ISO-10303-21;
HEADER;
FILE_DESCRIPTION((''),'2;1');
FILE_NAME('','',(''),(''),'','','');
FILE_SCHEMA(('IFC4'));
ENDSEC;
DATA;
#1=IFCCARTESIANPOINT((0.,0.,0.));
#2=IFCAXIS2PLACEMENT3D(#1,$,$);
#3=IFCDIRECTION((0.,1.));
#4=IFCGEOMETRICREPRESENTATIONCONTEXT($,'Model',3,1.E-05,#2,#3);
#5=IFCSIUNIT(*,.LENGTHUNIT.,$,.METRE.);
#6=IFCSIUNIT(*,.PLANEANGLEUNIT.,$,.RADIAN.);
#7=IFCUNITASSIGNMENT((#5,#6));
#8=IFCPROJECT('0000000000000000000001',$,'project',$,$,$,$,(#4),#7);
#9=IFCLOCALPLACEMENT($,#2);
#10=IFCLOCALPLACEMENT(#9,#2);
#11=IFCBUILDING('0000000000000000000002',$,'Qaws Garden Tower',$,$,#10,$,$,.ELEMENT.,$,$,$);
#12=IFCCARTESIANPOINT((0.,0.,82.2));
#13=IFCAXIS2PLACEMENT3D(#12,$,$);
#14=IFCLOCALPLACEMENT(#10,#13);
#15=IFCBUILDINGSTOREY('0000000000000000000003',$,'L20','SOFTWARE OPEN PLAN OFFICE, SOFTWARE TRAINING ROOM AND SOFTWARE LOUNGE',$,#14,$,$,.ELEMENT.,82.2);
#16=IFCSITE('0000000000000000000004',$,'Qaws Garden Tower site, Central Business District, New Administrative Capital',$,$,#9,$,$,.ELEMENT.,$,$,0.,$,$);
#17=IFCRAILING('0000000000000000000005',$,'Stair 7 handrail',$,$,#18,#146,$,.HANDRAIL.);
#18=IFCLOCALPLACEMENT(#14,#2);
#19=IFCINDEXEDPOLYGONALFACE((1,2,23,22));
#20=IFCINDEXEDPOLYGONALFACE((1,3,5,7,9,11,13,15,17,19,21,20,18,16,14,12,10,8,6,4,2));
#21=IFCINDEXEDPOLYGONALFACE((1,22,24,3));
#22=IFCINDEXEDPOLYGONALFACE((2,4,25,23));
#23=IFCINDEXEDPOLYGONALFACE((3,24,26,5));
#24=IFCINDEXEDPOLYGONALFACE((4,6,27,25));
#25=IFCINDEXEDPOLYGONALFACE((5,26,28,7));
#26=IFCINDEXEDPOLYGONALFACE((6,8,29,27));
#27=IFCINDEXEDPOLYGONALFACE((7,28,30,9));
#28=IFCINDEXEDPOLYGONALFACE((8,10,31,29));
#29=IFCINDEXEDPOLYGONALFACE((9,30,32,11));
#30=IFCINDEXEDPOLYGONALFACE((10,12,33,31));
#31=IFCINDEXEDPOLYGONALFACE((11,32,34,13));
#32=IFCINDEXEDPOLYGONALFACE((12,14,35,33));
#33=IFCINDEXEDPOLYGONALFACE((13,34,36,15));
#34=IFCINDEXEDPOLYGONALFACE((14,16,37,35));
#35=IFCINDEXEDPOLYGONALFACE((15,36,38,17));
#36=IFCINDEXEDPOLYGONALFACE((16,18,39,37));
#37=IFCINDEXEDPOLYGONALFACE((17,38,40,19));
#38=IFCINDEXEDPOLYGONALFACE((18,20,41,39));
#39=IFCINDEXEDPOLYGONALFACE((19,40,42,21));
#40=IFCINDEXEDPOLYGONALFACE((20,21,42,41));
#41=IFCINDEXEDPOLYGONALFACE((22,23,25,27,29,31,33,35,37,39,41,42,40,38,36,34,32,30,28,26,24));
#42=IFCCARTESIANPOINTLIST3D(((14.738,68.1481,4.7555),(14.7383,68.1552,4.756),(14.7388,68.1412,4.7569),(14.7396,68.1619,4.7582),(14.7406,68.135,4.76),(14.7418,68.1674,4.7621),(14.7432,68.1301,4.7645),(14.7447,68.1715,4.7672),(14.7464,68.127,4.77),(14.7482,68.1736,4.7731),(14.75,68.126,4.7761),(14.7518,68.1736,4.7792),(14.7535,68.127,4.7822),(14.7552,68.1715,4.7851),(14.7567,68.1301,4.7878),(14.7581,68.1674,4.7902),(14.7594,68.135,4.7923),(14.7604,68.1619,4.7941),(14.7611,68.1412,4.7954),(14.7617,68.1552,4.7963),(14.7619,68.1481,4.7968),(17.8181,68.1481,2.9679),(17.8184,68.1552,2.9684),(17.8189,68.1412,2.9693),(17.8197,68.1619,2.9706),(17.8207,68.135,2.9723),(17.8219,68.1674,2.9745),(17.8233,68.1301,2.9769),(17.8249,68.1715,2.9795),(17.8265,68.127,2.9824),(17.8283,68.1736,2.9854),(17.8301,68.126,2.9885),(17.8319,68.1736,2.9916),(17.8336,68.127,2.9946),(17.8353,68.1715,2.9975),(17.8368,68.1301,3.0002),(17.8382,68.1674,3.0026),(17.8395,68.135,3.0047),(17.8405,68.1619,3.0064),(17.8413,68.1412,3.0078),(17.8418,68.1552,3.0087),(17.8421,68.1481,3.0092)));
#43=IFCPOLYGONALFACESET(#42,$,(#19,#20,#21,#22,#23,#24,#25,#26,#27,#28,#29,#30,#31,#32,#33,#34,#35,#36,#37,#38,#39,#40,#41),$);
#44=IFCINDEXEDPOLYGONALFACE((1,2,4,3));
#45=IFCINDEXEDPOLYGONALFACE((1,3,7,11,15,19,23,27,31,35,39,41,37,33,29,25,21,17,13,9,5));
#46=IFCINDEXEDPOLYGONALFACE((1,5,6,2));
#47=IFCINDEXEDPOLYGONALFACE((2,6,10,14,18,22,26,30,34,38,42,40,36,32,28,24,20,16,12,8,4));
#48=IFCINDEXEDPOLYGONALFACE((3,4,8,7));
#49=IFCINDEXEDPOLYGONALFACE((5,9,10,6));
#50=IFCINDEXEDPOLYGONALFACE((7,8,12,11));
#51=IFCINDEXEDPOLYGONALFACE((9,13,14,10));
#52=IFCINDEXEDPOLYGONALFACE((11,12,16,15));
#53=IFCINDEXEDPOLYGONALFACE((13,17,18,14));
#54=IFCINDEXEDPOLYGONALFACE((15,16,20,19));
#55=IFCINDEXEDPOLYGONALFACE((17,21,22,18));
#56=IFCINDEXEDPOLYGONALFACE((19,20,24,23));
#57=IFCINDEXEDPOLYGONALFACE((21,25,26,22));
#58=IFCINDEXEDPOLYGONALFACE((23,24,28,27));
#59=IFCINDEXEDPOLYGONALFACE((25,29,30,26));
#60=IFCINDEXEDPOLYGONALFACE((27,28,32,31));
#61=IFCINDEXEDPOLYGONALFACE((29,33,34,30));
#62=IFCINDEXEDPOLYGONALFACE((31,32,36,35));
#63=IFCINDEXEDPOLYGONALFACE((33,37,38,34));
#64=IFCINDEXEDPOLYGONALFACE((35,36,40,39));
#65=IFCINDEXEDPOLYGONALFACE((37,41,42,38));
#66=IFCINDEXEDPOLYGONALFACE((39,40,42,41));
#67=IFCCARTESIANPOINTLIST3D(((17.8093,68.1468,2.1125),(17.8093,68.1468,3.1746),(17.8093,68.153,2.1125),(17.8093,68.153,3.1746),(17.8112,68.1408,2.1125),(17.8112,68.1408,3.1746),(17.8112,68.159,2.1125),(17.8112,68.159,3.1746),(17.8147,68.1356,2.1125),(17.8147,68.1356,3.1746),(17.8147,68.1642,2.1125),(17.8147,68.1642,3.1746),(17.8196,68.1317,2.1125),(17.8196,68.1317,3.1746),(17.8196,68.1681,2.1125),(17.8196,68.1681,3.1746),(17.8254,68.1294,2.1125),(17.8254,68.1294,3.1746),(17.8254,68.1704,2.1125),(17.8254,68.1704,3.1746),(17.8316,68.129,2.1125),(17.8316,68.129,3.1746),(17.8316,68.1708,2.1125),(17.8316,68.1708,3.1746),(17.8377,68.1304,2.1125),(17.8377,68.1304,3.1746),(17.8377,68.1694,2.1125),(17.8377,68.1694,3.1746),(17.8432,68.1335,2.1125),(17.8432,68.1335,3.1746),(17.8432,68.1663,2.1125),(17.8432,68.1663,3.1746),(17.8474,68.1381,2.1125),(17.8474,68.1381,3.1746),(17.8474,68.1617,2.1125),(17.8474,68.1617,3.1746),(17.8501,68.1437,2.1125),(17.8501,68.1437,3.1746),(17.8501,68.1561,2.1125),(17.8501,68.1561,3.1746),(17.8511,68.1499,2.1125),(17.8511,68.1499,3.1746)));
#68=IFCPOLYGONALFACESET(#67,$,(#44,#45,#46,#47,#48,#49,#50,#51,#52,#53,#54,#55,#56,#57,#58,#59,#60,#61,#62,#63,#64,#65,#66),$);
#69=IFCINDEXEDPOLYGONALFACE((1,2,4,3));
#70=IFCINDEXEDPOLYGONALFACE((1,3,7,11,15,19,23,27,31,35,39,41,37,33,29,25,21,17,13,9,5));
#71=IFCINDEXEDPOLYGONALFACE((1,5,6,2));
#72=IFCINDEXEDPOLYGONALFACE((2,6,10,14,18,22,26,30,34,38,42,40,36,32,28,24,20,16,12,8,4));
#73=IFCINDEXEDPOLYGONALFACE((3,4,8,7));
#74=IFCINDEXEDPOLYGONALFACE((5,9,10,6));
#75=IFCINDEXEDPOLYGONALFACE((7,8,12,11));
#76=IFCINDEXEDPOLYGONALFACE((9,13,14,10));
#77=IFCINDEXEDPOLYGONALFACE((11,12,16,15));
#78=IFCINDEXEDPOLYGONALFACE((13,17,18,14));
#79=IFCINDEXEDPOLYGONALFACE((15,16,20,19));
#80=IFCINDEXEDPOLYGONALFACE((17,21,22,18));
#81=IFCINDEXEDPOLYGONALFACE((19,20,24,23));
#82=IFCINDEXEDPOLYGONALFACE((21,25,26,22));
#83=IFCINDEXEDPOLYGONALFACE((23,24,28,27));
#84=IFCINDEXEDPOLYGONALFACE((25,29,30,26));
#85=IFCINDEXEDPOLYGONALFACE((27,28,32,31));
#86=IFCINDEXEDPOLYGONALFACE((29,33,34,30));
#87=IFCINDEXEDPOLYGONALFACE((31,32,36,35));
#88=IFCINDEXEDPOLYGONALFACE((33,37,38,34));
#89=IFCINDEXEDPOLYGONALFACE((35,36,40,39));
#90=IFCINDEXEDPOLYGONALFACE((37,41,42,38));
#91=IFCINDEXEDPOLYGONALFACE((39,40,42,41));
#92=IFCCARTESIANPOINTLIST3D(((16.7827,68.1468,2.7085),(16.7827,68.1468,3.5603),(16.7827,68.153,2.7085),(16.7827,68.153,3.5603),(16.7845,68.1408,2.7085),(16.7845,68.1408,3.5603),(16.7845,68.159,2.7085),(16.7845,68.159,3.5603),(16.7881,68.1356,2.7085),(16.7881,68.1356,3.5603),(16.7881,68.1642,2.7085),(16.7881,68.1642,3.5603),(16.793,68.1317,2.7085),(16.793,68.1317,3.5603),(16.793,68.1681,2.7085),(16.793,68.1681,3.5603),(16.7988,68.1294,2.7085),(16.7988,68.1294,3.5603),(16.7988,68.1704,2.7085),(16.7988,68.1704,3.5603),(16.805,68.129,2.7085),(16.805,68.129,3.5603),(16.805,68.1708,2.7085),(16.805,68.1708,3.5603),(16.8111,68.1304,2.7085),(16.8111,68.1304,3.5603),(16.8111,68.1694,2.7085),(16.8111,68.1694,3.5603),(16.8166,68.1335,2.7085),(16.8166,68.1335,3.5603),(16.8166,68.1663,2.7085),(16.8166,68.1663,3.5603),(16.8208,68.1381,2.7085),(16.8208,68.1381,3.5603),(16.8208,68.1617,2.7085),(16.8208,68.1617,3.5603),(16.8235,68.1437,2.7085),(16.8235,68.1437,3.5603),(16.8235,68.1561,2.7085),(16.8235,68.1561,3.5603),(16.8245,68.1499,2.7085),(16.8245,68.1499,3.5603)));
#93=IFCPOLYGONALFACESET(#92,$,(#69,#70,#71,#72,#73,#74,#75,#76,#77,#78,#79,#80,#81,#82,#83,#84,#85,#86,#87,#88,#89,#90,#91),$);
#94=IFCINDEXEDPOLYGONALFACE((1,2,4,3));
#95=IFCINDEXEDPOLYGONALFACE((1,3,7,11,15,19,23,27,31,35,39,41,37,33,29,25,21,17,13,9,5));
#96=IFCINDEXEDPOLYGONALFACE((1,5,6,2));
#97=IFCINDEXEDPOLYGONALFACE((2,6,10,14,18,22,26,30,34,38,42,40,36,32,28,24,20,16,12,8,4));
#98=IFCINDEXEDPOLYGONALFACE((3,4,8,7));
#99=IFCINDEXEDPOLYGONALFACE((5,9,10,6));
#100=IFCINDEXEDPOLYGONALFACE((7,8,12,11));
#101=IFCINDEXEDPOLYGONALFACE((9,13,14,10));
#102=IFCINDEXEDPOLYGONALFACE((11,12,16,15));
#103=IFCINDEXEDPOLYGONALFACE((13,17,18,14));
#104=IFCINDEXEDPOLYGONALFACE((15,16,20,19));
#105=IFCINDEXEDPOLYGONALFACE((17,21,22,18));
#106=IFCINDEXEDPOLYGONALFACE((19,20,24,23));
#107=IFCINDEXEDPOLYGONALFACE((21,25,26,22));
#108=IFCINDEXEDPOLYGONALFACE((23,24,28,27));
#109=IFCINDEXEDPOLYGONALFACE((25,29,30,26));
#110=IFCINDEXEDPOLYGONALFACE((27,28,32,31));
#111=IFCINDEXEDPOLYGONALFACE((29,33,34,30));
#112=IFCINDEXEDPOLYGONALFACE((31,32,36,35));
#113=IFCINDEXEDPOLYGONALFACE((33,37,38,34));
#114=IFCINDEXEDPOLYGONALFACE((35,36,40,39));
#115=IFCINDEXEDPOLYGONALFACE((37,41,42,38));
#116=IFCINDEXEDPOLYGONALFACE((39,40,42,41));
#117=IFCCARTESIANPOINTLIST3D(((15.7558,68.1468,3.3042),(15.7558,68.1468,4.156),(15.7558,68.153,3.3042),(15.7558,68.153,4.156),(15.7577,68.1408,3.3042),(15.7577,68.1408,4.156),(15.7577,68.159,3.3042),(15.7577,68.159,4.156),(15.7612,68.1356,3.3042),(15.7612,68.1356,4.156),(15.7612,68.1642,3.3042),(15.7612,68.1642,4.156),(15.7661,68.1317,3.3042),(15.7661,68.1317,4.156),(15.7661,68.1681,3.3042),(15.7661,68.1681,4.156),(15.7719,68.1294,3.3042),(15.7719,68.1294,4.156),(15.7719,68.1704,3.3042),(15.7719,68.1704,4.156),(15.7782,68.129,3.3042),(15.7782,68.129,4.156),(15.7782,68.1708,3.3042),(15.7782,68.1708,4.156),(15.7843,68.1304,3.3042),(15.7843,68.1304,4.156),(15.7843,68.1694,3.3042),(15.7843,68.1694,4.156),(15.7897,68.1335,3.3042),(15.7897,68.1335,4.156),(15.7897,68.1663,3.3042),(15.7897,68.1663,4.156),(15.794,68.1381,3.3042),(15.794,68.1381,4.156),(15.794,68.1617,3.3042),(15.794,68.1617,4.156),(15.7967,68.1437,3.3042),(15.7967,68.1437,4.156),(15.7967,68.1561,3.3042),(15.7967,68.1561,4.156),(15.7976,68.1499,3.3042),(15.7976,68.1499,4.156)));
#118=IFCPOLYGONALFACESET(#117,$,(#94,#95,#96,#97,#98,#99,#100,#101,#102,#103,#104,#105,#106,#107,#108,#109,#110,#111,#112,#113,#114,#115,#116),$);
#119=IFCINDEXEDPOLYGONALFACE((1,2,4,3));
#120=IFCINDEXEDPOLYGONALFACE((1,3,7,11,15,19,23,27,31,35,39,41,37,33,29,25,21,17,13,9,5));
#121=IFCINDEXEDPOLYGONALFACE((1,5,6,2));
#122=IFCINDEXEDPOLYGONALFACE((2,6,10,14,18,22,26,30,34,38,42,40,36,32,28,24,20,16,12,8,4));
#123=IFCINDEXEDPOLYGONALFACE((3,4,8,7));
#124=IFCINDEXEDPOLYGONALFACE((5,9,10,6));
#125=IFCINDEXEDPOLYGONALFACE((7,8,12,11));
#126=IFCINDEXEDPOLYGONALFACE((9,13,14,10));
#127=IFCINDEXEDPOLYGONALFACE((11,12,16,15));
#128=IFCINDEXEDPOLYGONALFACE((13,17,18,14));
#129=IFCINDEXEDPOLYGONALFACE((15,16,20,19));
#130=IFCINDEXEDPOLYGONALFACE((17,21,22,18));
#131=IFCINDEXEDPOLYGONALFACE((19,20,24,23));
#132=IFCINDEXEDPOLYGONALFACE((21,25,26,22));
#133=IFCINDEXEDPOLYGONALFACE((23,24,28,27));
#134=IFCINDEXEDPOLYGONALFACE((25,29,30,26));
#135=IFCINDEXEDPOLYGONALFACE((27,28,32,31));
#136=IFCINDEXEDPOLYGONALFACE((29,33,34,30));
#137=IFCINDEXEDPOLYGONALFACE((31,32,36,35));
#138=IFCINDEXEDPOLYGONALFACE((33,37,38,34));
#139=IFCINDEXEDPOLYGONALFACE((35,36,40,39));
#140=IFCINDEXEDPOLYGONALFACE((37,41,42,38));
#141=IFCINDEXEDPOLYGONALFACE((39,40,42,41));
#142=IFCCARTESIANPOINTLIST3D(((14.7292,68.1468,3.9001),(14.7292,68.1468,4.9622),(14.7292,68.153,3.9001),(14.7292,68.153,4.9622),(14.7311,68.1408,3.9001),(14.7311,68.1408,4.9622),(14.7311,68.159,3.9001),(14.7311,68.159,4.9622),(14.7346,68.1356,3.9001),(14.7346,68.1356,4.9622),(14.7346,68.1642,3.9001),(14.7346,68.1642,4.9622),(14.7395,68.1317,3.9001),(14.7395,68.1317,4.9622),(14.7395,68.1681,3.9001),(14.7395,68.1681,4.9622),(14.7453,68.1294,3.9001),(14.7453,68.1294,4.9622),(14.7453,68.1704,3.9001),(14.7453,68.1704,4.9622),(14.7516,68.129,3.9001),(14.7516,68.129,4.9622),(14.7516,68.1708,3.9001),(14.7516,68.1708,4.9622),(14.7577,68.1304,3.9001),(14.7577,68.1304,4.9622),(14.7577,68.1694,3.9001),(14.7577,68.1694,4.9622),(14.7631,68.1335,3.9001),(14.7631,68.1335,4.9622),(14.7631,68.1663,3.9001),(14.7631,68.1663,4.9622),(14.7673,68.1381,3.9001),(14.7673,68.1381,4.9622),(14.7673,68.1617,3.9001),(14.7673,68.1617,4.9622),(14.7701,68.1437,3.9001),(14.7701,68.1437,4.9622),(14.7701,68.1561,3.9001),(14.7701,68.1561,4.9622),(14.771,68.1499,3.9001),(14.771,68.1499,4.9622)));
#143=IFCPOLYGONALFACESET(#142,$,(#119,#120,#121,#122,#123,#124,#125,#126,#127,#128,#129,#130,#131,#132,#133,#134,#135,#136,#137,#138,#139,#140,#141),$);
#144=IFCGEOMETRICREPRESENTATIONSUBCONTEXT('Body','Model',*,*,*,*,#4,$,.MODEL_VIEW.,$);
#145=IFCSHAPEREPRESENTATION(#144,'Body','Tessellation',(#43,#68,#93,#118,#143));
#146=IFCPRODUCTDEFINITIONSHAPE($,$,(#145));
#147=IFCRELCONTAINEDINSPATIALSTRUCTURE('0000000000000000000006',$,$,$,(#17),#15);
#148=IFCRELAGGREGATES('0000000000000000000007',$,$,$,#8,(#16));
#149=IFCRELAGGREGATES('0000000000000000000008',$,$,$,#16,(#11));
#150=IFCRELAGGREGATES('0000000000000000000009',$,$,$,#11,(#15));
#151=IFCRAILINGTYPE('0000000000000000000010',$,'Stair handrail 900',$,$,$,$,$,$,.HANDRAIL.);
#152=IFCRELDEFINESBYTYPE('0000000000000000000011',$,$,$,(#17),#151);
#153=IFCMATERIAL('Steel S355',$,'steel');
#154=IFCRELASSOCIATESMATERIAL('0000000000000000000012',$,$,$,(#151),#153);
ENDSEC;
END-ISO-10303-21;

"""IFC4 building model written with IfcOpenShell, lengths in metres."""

from ifc_helpers import new_model, si_unit, direction, frame, origin, origin_2d, place, context, subcontext, project, spatial, circle, extrude, material, type_object, element, save


model = new_model("IFC4")

# Units and contexts
model_context = context("Model", 3, precision=1e-05, world=origin(), true_north=direction((0.0, 1.0)))
body_context = subcontext(model_context, "Body", "Model", "MODEL_VIEW")
ifc_project = project(units=[si_unit("LENGTHUNIT", "METRE"), si_unit("PLANEANGLEUNIT", "RADIAN")], contexts=[model_context])

# Site, building, storey
site_placement = place(None, origin())
site = spatial("IfcSite", under=ifc_project, at=site_placement, Name="Qaws Garden Tower site, Central Business District, New Administrative Capital", CompositionType="ELEMENT", RefElevation=0.0)
building_placement = place(site_placement, origin())
building = spatial("IfcBuilding", under=site, at=building_placement, Name="Qaws Garden Tower", CompositionType="ELEMENT")
storey_placement = place(building_placement, frame((0.0, 0.0, 82.2)))
storey = spatial("IfcBuildingStorey", under=building, at=storey_placement, Name="L20", Description="SOFTWARE OPEN PLAN OFFICE, SOFTWARE TRAINING ROOM AND SOFTWARE LOUNGE", CompositionType="ELEMENT", Elevation=82.2)

# Railing
ifc_material_1 = material(Name="Steel S355", Category="steel")
railing_type = type_object("IfcRailingType", Name="Stair handrail 900", PredefinedType="HANDRAIL", material=ifc_material_1)
railing_placement = place(storey_placement, frame((17.8301, 68.1499, 2.1125)))
element("IfcRailing", 1, at=railing_placement, inside=storey, type_object=railing_type, Name="Stair 7 handrail", PredefinedType="HANDRAIL", context=body_context, shape_type="SweptSolid", body=[
    extrude(circle(Radius=0.0239, at=origin_2d()), frame((0.0, 0.0, 0.876), z_axis=(-0.864891, 0.0, 0.50196), x_axis=(0.0, -1.0, 0.0)), (0.0, 0.0, 1.0), 3.5613),
    extrude(circle(Radius=0.021, at=origin_2d()), origin(), (0.0, 0.0, 1.0), 1.062),
    extrude(circle(Radius=0.021, at=origin_2d()), frame((-1.0266, 0.0, 0.5959)), (0.0, 0.0, 1.0), 0.8518),
    extrude(circle(Radius=0.021, at=origin_2d()), frame((-2.0535, 0.0, 1.1917)), (0.0, 0.0, 1.0), 0.8518),
    extrude(circle(Radius=0.021, at=origin_2d()), frame((-3.0801, 0.0, 1.7876)), (0.0, 0.0, 1.0), 1.062),
])

save(model, "model.ifc")
